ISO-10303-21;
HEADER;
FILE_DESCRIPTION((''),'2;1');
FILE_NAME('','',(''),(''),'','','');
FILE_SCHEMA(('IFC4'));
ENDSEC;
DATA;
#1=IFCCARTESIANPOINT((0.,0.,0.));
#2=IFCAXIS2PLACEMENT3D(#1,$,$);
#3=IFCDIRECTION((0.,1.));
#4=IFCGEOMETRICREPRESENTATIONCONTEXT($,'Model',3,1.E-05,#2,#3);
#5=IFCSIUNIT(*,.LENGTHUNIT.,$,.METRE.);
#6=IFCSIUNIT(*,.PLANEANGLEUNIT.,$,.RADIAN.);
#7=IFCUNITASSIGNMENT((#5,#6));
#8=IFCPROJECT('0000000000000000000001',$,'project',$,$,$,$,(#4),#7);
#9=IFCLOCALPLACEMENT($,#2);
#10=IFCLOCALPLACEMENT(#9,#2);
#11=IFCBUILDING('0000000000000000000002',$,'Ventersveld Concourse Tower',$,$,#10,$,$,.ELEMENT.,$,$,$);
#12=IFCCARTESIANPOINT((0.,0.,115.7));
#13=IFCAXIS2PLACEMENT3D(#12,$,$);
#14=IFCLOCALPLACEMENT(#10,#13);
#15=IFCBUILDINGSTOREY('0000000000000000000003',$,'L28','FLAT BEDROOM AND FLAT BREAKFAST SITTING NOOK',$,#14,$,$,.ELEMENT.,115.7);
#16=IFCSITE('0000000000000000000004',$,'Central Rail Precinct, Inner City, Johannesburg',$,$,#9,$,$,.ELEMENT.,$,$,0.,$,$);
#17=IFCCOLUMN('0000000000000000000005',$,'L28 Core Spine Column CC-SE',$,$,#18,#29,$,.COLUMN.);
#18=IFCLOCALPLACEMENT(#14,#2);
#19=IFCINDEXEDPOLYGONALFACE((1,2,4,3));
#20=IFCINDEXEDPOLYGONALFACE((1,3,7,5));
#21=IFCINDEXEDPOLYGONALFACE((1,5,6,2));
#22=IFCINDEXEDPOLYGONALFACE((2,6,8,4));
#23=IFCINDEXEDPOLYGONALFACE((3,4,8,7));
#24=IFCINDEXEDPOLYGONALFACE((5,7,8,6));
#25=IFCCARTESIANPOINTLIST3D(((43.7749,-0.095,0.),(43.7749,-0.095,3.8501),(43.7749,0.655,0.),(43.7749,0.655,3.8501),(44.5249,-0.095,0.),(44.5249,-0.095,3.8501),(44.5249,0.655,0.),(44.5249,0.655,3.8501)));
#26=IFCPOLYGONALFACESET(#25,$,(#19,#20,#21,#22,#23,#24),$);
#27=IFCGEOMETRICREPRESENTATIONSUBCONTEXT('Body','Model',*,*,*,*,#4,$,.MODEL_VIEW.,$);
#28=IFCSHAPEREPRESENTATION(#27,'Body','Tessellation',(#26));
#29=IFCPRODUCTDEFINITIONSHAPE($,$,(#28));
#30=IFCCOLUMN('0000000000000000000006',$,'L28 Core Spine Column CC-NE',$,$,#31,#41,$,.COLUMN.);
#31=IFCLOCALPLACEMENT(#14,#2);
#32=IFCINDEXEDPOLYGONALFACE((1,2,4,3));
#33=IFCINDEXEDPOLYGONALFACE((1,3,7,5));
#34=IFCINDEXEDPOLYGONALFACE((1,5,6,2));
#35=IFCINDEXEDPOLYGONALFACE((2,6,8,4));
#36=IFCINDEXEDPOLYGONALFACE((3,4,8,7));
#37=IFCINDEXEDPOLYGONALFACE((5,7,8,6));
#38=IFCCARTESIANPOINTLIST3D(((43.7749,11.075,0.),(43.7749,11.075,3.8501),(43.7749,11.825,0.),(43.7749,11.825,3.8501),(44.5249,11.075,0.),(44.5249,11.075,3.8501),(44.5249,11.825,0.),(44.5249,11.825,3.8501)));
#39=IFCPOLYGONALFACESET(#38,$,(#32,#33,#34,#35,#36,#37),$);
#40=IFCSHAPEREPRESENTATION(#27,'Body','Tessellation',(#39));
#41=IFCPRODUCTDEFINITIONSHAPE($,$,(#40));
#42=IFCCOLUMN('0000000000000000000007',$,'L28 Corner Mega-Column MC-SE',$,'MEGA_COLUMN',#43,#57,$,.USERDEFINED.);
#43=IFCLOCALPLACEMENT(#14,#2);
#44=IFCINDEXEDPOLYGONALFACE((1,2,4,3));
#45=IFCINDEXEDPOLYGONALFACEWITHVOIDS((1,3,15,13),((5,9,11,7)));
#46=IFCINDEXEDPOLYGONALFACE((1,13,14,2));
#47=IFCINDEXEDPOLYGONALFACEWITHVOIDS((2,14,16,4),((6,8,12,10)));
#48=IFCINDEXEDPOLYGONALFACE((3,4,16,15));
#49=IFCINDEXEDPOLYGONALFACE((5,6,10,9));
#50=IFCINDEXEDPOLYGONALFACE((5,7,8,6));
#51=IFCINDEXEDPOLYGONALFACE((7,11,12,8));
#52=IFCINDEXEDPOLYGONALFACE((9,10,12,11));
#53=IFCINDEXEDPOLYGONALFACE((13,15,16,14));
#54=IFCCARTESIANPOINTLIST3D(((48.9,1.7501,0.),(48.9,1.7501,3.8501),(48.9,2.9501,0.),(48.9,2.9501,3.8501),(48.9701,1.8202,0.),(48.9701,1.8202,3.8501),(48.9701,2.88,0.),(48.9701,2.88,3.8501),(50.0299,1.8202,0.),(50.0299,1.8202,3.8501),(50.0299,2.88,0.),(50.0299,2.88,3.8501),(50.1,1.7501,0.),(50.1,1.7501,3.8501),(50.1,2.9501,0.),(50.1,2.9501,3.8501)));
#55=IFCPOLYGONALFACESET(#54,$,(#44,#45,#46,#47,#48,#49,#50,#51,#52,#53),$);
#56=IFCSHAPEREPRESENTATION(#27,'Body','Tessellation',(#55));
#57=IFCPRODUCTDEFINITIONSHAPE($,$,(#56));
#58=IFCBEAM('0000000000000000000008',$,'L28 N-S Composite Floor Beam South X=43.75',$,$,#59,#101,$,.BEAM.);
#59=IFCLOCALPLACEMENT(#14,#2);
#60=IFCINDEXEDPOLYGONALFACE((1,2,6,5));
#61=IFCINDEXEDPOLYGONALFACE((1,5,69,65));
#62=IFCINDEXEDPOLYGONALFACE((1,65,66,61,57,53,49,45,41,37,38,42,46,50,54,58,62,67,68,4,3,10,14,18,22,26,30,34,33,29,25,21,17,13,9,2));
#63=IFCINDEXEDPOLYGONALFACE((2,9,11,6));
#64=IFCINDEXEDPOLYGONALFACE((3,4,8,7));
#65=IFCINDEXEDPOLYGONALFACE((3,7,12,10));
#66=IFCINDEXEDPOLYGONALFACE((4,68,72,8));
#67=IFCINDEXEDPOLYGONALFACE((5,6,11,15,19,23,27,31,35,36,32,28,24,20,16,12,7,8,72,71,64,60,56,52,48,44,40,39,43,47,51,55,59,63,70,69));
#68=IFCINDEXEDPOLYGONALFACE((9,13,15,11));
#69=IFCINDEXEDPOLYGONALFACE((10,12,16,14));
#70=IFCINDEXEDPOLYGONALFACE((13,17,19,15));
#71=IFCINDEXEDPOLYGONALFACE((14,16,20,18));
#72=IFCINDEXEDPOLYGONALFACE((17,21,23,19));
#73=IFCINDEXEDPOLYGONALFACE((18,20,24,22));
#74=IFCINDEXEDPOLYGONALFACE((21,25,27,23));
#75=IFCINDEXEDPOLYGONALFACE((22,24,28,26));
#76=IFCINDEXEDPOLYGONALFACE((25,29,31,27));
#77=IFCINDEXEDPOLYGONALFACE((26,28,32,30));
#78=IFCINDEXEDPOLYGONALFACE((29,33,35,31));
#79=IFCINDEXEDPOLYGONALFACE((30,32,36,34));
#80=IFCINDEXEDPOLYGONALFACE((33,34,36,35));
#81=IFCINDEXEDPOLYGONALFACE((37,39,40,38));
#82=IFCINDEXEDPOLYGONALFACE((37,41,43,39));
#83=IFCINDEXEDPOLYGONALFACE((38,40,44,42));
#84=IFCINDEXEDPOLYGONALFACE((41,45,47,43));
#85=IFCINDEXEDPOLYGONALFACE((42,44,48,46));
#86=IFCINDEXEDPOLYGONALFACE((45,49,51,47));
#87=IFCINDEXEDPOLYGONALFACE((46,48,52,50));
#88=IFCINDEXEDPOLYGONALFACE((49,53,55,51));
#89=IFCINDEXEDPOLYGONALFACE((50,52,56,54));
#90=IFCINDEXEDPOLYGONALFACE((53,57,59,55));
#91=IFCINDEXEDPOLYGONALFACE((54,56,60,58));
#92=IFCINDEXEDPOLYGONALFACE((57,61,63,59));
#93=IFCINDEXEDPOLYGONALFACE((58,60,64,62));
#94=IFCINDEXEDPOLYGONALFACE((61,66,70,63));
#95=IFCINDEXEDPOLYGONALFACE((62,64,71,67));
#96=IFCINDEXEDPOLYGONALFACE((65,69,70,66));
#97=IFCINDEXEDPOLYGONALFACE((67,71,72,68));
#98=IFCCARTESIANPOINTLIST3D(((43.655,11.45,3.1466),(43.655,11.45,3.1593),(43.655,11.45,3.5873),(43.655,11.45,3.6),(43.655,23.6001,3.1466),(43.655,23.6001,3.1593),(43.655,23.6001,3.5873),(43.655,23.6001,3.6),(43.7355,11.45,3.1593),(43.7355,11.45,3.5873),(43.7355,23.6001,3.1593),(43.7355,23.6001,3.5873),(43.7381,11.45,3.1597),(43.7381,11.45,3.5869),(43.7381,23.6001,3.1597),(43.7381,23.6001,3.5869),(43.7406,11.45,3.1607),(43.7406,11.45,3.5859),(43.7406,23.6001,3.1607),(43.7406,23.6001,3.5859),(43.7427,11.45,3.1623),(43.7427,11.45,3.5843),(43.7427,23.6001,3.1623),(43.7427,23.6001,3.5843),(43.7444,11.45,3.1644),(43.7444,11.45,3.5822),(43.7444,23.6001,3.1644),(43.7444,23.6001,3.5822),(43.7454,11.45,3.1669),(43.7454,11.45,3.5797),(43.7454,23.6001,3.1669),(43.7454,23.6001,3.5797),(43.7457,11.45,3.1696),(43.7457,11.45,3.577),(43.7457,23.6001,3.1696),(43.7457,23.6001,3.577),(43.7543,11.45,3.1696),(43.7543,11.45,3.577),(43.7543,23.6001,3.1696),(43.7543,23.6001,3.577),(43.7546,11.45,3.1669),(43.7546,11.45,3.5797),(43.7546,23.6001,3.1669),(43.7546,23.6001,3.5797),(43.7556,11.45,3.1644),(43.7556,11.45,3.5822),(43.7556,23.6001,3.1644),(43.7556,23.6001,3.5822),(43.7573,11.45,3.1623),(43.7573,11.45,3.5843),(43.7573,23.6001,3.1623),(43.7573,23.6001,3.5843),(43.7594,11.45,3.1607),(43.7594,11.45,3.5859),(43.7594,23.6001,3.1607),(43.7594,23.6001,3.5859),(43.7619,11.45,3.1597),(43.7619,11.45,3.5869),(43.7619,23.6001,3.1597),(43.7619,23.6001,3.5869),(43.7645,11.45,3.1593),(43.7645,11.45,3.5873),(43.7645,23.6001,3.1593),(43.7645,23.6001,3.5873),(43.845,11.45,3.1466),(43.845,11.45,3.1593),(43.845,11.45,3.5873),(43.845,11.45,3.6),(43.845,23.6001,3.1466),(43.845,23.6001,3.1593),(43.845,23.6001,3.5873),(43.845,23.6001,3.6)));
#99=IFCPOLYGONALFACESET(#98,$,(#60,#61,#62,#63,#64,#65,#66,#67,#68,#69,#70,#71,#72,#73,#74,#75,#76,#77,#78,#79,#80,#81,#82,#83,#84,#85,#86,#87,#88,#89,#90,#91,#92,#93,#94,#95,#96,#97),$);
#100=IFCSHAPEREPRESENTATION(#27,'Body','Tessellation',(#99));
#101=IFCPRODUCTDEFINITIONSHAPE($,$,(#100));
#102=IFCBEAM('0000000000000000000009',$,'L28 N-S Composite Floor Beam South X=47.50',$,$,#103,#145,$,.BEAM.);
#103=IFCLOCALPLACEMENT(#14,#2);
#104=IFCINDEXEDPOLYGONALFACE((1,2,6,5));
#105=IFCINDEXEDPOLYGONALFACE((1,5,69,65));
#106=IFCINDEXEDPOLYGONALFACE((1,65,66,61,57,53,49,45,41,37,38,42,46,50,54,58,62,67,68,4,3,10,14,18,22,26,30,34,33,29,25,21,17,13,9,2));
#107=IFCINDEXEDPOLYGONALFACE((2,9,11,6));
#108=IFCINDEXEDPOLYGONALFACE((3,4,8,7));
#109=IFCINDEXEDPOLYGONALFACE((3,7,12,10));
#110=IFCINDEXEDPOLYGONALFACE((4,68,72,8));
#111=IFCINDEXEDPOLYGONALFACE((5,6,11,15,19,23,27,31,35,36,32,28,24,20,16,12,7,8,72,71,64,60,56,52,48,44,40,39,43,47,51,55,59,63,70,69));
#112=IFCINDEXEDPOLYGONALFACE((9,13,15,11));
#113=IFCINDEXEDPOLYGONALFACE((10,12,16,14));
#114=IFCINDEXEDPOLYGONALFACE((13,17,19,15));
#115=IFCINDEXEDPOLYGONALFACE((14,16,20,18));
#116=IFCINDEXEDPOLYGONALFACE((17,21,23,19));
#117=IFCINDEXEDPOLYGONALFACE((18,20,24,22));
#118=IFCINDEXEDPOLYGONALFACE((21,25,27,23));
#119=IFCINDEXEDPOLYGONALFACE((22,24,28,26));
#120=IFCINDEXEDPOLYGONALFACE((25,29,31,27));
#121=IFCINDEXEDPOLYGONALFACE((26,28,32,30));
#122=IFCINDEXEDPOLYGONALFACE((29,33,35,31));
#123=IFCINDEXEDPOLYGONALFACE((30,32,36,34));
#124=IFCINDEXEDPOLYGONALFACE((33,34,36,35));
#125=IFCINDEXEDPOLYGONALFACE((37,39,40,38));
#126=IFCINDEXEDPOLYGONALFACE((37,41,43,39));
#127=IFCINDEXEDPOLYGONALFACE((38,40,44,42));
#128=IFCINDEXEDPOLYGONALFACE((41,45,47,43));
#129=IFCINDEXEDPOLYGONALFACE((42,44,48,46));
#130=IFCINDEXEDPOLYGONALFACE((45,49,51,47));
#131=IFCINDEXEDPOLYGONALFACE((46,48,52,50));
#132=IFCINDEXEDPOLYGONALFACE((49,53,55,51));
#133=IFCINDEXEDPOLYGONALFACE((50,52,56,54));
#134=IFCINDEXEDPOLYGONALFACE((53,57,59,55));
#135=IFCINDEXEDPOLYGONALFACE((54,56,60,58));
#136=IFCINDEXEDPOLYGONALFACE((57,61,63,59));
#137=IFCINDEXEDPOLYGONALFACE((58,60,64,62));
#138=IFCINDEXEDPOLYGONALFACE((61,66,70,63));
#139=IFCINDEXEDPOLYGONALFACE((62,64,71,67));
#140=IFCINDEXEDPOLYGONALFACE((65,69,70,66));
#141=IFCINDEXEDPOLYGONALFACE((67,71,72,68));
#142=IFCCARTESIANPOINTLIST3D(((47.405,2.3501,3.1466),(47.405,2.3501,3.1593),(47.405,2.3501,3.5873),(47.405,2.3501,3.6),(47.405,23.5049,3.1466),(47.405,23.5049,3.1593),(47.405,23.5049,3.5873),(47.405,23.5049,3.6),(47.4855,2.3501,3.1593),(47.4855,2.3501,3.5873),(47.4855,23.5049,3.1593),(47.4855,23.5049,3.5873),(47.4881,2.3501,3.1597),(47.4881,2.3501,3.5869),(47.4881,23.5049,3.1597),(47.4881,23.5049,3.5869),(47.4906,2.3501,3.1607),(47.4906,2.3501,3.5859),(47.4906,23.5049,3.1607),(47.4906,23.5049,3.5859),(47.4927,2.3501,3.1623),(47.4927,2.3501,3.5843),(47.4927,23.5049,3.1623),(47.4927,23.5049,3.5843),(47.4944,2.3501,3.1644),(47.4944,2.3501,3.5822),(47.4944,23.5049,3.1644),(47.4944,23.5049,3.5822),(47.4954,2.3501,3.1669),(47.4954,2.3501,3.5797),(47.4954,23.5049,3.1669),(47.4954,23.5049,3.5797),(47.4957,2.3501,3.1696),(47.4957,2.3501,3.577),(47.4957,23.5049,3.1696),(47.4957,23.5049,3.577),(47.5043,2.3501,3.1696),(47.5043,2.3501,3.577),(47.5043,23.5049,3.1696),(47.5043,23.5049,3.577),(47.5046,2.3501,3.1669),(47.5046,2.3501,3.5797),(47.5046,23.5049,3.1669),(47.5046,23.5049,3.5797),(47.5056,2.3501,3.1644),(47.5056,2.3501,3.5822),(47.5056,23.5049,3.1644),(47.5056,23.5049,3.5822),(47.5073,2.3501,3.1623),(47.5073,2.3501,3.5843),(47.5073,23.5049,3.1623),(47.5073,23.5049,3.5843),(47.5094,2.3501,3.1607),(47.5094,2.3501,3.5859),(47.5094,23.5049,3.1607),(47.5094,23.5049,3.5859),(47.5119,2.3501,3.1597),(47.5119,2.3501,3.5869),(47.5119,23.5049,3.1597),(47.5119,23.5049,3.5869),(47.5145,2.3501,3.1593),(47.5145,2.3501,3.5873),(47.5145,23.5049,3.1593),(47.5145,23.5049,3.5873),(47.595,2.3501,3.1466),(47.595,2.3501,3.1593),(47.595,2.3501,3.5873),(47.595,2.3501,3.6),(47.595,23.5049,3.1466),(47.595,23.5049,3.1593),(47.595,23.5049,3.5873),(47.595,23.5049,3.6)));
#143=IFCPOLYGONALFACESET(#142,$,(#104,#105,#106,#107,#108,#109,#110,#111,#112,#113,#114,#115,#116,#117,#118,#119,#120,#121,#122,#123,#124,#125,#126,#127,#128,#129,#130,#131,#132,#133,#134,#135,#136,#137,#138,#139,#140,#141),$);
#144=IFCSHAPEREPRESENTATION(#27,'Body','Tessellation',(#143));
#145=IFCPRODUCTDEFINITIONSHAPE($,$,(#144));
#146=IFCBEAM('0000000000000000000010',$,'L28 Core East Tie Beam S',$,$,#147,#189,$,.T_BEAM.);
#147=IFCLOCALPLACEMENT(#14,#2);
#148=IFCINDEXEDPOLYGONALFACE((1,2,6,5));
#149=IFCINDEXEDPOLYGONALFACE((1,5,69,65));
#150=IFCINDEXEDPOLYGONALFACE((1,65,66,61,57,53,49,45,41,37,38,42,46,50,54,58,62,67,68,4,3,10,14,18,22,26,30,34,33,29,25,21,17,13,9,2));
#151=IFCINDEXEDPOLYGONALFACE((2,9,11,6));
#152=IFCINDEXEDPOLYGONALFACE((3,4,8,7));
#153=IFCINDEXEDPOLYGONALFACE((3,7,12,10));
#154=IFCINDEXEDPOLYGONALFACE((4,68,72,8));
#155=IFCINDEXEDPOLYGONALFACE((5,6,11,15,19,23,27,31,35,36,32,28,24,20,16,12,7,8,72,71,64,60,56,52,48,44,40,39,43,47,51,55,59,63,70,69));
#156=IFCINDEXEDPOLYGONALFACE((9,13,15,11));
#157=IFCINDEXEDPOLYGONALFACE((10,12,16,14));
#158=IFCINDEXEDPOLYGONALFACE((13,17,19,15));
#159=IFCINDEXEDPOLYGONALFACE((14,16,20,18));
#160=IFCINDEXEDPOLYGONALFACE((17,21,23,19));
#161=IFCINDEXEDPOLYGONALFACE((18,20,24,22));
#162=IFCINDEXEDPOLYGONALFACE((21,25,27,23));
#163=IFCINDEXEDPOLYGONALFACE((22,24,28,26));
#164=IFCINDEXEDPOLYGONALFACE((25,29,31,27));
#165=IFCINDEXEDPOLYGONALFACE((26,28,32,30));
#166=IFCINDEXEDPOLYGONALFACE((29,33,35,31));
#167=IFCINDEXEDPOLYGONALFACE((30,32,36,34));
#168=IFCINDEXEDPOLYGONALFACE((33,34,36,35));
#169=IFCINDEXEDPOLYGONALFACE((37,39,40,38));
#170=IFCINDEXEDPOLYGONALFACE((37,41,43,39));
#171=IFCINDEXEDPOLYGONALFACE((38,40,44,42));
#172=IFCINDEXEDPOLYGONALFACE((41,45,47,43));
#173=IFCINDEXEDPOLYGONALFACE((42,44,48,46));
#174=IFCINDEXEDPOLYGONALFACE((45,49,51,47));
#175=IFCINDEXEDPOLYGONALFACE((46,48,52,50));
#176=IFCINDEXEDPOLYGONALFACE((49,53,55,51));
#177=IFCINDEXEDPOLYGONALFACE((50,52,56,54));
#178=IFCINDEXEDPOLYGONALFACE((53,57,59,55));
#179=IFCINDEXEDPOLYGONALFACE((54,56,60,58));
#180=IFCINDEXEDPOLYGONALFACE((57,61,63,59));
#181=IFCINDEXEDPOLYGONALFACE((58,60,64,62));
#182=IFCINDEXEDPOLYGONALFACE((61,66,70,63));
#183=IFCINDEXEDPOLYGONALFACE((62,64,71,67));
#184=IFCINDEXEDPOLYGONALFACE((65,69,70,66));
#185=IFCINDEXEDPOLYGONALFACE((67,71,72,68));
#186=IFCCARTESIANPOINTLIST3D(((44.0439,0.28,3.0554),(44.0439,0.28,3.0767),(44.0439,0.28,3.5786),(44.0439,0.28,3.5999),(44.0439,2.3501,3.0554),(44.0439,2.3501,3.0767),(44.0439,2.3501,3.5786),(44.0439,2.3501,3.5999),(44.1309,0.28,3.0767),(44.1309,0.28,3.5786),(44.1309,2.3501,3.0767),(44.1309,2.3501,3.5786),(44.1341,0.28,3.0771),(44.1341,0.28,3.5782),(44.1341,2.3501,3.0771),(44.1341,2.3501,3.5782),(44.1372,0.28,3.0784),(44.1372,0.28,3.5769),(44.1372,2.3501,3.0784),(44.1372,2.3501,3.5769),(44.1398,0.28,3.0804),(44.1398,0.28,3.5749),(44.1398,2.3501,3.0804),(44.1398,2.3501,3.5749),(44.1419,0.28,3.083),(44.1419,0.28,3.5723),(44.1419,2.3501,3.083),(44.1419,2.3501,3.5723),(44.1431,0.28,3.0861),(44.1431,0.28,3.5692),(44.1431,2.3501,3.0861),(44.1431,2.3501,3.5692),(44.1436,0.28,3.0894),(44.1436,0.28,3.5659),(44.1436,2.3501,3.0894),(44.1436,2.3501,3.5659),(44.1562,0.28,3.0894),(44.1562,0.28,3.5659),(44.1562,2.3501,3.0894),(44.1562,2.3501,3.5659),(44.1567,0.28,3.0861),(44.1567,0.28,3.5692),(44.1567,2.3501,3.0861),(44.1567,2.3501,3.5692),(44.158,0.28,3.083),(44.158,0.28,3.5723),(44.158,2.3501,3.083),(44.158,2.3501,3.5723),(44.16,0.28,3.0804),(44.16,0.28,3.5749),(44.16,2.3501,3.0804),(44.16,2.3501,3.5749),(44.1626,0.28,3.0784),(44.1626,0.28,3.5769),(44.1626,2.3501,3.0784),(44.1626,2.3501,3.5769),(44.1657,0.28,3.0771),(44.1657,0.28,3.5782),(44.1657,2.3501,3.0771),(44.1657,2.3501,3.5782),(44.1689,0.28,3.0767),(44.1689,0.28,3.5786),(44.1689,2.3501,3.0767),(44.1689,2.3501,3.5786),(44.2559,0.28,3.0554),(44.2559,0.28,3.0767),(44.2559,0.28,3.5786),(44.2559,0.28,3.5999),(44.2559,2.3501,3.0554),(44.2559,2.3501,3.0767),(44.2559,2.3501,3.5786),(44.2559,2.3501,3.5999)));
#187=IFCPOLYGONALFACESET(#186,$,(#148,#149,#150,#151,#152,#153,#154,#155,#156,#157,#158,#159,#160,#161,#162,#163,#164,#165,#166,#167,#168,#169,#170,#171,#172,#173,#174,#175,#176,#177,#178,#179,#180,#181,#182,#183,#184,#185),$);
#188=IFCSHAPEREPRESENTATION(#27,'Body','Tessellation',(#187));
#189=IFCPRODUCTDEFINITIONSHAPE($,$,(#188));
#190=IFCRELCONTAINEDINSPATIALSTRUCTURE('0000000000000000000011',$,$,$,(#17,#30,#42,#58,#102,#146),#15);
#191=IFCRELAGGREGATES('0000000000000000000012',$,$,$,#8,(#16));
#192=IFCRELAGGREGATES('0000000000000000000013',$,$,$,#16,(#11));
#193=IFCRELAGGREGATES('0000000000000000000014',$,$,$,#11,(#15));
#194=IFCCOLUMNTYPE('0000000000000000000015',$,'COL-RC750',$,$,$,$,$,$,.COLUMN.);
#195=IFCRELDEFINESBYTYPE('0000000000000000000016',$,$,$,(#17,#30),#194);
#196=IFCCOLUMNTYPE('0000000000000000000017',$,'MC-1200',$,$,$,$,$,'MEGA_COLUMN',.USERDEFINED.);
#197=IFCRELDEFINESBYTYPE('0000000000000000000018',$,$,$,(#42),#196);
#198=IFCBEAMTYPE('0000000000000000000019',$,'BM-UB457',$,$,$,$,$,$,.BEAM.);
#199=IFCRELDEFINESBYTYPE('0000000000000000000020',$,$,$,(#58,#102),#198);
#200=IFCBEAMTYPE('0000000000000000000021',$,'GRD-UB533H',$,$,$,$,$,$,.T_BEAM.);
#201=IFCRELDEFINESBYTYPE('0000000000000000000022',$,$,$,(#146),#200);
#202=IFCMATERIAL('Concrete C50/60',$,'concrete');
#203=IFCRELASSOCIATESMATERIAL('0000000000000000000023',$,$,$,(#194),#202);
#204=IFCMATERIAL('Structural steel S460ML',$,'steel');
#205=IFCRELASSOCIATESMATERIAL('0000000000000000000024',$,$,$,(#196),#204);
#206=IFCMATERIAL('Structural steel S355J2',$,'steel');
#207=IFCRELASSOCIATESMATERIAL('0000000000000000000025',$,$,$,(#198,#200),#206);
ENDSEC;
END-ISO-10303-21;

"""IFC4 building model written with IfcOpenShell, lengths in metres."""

from ifc_helpers import new_model, si_unit, direction, frame, origin, origin_2d, place, context, subcontext, project, spatial, rectangle, hollow_rectangle, i_section, extrude, material, material_profile, profile_set, type_object, element, save


model = new_model("IFC4")

# Units and contexts
model_context = context("Model", 3, precision=1e-05, world=origin(), true_north=direction((0.0, 1.0)))
body_context = subcontext(model_context, "Body", "Model", "MODEL_VIEW")
ifc_project = project(units=[si_unit("LENGTHUNIT", "METRE"), si_unit("PLANEANGLEUNIT", "RADIAN")], contexts=[model_context])

# Site, building, storey
site_placement = place(None, origin())
site = spatial("IfcSite", under=ifc_project, at=site_placement, Name="Central Rail Precinct, Inner City, Johannesburg", CompositionType="ELEMENT", RefElevation=0.0)
building_placement = place(site_placement, origin())
building = spatial("IfcBuilding", under=site, at=building_placement, Name="Ventersveld Concourse Tower", CompositionType="ELEMENT")
storey_placement = place(building_placement, frame((0.0, 0.0, 115.7)))
storey = spatial("IfcBuildingStorey", under=building, at=storey_placement, Name="L28", Description="FLAT BEDROOM AND FLAT BREAKFAST SITTING NOOK", CompositionType="ELEMENT", Elevation=115.7)

# Columns
ifc_material_1 = material(Name="Concrete C50/60", Category="concrete")
ifc_material_profile_1 = material_profile(ifc_material_1, rectangle(XDim=0.75, YDim=0.75, at=origin_2d()), Name="RC 750x750")
ifc_profile_set_1 = profile_set([ifc_material_profile_1], Name="Concrete C50/60")
column_type_1 = type_object("IfcColumnType", Name="COL-RC750", PredefinedType="COLUMN", material=ifc_profile_set_1)
for number, where, z_axis, x_axis, name in (
    (1, (44.1499, 0.28, 0.0), (0.0, 0.0, 1.0), (1.0, 0.0, 0.0), "L28 Core Spine Column CC-SE"),
    (2, (44.1499, 11.45, 0.0), (0.0, 0.0, 1.0), (1.0, 0.0, 0.0), "L28 Core Spine Column CC-NE"),
):
    element("IfcColumn", number, at=place(storey_placement, frame(where, z_axis=z_axis, x_axis=x_axis)), inside=storey, type_object=column_type_1, Name=name, PredefinedType="COLUMN", context=body_context, shape_type="SweptSolid", body=[
        extrude(rectangle(XDim=0.75, YDim=0.75, at=origin_2d()), origin(), (0.0, 0.0, 1.0), 3.8501),
    ])
ifc_material_2 = material(Name="Structural steel S460ML", Category="steel")
ifc_material_profile_2 = material_profile(ifc_material_2, hollow_rectangle(XDim=1.2, YDim=1.2, WallThickness=0.0701, at=origin_2d()), Name="BOX 1200x1200x70")
ifc_profile_set_2 = profile_set([ifc_material_profile_2], Name="Structural steel S460ML")
column_type_2 = type_object("IfcColumnType", Name="MC-1200", ElementType="MEGA_COLUMN", PredefinedType="USERDEFINED", material=ifc_profile_set_2)
column_placement = place(storey_placement, frame((49.5, 2.3501, 0.0), z_axis=(0.0, 0.0, 1.0), x_axis=(1.0, 0.0, 0.0)))
element("IfcColumn", 3, at=column_placement, inside=storey, type_object=column_type_2, Name="L28 Corner Mega-Column MC-SE", ObjectType="MEGA_COLUMN", PredefinedType="USERDEFINED", context=body_context, shape_type="SweptSolid", body=[
    extrude(hollow_rectangle(XDim=1.2, YDim=1.2, WallThickness=0.0701, at=origin_2d()), origin(), (0.0, 0.0, 1.0), 3.8501),
])

# Beams
ifc_material_3 = material(Name="Structural steel S355J2", Category="steel")
ifc_material_profile_3 = material_profile(ifc_material_3, i_section(OverallWidth=0.1899, OverallDepth=0.4534, WebThickness=0.0085, FlangeThickness=0.0127, FilletRadius=0.0103, at=origin_2d()), Name="UB 457x191x67")
ifc_profile_set_3 = profile_set([ifc_material_profile_3], Name="Structural steel S355J2")
beam_type_1 = type_object("IfcBeamType", Name="BM-UB457", PredefinedType="BEAM", material=ifc_profile_set_3)
beam_1_placement = place(storey_placement, frame((43.75, 11.45, 3.3733), z_axis=(0.0, 1.0, 0.0), x_axis=(-1.0, 0.0, 0.0)))
element("IfcBeam", 4, at=beam_1_placement, inside=storey, type_object=beam_type_1, Name="L28 N-S Composite Floor Beam South X=43.75", PredefinedType="BEAM", context=body_context, shape_type="SweptSolid", body=[
    extrude(i_section(OverallWidth=0.1899, OverallDepth=0.4534, WebThickness=0.0085, FlangeThickness=0.0127, FilletRadius=0.0103, at=origin_2d()), origin(), (0.0, 0.0, 1.0), 12.1501),
])
beam_2_placement = place(storey_placement, frame((47.5, 2.3501, 3.3733), z_axis=(0.0, 1.0, 0.0), x_axis=(-1.0, 0.0, 0.0)))
element("IfcBeam", 5, at=beam_2_placement, inside=storey, type_object=beam_type_1, Name="L28 N-S Composite Floor Beam South X=47.50", PredefinedType="BEAM", context=body_context, shape_type="SweptSolid", body=[
    extrude(i_section(OverallWidth=0.1899, OverallDepth=0.4534, WebThickness=0.0085, FlangeThickness=0.0127, FilletRadius=0.0103, at=origin_2d()), origin(), (0.0, 0.0, 1.0), 21.1548),
])
ifc_material_profile_4 = material_profile(ifc_material_3, i_section(OverallWidth=0.2119, OverallDepth=0.5444, WebThickness=0.0127, FlangeThickness=0.0212, FilletRadius=0.0127, at=origin_2d()), Name="UB 533x210x122")
ifc_profile_set_4 = profile_set([ifc_material_profile_4], Name="Structural steel S355J2")
beam_type_2 = type_object("IfcBeamType", Name="GRD-UB533H", PredefinedType="T_BEAM", material=ifc_profile_set_4)
beam_3_placement = place(storey_placement, frame((44.1499, 0.28, 3.3276), z_axis=(0.0, 1.0, 0.0), x_axis=(-1.0, 0.0, 0.0)))
element("IfcBeam", 6, at=beam_3_placement, inside=storey, type_object=beam_type_2, Name="L28 Core East Tie Beam S", PredefinedType="T_BEAM", context=body_context, shape_type="SweptSolid", body=[
    extrude(i_section(OverallWidth=0.2119, OverallDepth=0.5444, WebThickness=0.0127, FlangeThickness=0.0212, FilletRadius=0.0127, at=origin_2d()), origin(), (0.0, 0.0, 1.0), 2.0701),
])

save(model, "model.ifc")
